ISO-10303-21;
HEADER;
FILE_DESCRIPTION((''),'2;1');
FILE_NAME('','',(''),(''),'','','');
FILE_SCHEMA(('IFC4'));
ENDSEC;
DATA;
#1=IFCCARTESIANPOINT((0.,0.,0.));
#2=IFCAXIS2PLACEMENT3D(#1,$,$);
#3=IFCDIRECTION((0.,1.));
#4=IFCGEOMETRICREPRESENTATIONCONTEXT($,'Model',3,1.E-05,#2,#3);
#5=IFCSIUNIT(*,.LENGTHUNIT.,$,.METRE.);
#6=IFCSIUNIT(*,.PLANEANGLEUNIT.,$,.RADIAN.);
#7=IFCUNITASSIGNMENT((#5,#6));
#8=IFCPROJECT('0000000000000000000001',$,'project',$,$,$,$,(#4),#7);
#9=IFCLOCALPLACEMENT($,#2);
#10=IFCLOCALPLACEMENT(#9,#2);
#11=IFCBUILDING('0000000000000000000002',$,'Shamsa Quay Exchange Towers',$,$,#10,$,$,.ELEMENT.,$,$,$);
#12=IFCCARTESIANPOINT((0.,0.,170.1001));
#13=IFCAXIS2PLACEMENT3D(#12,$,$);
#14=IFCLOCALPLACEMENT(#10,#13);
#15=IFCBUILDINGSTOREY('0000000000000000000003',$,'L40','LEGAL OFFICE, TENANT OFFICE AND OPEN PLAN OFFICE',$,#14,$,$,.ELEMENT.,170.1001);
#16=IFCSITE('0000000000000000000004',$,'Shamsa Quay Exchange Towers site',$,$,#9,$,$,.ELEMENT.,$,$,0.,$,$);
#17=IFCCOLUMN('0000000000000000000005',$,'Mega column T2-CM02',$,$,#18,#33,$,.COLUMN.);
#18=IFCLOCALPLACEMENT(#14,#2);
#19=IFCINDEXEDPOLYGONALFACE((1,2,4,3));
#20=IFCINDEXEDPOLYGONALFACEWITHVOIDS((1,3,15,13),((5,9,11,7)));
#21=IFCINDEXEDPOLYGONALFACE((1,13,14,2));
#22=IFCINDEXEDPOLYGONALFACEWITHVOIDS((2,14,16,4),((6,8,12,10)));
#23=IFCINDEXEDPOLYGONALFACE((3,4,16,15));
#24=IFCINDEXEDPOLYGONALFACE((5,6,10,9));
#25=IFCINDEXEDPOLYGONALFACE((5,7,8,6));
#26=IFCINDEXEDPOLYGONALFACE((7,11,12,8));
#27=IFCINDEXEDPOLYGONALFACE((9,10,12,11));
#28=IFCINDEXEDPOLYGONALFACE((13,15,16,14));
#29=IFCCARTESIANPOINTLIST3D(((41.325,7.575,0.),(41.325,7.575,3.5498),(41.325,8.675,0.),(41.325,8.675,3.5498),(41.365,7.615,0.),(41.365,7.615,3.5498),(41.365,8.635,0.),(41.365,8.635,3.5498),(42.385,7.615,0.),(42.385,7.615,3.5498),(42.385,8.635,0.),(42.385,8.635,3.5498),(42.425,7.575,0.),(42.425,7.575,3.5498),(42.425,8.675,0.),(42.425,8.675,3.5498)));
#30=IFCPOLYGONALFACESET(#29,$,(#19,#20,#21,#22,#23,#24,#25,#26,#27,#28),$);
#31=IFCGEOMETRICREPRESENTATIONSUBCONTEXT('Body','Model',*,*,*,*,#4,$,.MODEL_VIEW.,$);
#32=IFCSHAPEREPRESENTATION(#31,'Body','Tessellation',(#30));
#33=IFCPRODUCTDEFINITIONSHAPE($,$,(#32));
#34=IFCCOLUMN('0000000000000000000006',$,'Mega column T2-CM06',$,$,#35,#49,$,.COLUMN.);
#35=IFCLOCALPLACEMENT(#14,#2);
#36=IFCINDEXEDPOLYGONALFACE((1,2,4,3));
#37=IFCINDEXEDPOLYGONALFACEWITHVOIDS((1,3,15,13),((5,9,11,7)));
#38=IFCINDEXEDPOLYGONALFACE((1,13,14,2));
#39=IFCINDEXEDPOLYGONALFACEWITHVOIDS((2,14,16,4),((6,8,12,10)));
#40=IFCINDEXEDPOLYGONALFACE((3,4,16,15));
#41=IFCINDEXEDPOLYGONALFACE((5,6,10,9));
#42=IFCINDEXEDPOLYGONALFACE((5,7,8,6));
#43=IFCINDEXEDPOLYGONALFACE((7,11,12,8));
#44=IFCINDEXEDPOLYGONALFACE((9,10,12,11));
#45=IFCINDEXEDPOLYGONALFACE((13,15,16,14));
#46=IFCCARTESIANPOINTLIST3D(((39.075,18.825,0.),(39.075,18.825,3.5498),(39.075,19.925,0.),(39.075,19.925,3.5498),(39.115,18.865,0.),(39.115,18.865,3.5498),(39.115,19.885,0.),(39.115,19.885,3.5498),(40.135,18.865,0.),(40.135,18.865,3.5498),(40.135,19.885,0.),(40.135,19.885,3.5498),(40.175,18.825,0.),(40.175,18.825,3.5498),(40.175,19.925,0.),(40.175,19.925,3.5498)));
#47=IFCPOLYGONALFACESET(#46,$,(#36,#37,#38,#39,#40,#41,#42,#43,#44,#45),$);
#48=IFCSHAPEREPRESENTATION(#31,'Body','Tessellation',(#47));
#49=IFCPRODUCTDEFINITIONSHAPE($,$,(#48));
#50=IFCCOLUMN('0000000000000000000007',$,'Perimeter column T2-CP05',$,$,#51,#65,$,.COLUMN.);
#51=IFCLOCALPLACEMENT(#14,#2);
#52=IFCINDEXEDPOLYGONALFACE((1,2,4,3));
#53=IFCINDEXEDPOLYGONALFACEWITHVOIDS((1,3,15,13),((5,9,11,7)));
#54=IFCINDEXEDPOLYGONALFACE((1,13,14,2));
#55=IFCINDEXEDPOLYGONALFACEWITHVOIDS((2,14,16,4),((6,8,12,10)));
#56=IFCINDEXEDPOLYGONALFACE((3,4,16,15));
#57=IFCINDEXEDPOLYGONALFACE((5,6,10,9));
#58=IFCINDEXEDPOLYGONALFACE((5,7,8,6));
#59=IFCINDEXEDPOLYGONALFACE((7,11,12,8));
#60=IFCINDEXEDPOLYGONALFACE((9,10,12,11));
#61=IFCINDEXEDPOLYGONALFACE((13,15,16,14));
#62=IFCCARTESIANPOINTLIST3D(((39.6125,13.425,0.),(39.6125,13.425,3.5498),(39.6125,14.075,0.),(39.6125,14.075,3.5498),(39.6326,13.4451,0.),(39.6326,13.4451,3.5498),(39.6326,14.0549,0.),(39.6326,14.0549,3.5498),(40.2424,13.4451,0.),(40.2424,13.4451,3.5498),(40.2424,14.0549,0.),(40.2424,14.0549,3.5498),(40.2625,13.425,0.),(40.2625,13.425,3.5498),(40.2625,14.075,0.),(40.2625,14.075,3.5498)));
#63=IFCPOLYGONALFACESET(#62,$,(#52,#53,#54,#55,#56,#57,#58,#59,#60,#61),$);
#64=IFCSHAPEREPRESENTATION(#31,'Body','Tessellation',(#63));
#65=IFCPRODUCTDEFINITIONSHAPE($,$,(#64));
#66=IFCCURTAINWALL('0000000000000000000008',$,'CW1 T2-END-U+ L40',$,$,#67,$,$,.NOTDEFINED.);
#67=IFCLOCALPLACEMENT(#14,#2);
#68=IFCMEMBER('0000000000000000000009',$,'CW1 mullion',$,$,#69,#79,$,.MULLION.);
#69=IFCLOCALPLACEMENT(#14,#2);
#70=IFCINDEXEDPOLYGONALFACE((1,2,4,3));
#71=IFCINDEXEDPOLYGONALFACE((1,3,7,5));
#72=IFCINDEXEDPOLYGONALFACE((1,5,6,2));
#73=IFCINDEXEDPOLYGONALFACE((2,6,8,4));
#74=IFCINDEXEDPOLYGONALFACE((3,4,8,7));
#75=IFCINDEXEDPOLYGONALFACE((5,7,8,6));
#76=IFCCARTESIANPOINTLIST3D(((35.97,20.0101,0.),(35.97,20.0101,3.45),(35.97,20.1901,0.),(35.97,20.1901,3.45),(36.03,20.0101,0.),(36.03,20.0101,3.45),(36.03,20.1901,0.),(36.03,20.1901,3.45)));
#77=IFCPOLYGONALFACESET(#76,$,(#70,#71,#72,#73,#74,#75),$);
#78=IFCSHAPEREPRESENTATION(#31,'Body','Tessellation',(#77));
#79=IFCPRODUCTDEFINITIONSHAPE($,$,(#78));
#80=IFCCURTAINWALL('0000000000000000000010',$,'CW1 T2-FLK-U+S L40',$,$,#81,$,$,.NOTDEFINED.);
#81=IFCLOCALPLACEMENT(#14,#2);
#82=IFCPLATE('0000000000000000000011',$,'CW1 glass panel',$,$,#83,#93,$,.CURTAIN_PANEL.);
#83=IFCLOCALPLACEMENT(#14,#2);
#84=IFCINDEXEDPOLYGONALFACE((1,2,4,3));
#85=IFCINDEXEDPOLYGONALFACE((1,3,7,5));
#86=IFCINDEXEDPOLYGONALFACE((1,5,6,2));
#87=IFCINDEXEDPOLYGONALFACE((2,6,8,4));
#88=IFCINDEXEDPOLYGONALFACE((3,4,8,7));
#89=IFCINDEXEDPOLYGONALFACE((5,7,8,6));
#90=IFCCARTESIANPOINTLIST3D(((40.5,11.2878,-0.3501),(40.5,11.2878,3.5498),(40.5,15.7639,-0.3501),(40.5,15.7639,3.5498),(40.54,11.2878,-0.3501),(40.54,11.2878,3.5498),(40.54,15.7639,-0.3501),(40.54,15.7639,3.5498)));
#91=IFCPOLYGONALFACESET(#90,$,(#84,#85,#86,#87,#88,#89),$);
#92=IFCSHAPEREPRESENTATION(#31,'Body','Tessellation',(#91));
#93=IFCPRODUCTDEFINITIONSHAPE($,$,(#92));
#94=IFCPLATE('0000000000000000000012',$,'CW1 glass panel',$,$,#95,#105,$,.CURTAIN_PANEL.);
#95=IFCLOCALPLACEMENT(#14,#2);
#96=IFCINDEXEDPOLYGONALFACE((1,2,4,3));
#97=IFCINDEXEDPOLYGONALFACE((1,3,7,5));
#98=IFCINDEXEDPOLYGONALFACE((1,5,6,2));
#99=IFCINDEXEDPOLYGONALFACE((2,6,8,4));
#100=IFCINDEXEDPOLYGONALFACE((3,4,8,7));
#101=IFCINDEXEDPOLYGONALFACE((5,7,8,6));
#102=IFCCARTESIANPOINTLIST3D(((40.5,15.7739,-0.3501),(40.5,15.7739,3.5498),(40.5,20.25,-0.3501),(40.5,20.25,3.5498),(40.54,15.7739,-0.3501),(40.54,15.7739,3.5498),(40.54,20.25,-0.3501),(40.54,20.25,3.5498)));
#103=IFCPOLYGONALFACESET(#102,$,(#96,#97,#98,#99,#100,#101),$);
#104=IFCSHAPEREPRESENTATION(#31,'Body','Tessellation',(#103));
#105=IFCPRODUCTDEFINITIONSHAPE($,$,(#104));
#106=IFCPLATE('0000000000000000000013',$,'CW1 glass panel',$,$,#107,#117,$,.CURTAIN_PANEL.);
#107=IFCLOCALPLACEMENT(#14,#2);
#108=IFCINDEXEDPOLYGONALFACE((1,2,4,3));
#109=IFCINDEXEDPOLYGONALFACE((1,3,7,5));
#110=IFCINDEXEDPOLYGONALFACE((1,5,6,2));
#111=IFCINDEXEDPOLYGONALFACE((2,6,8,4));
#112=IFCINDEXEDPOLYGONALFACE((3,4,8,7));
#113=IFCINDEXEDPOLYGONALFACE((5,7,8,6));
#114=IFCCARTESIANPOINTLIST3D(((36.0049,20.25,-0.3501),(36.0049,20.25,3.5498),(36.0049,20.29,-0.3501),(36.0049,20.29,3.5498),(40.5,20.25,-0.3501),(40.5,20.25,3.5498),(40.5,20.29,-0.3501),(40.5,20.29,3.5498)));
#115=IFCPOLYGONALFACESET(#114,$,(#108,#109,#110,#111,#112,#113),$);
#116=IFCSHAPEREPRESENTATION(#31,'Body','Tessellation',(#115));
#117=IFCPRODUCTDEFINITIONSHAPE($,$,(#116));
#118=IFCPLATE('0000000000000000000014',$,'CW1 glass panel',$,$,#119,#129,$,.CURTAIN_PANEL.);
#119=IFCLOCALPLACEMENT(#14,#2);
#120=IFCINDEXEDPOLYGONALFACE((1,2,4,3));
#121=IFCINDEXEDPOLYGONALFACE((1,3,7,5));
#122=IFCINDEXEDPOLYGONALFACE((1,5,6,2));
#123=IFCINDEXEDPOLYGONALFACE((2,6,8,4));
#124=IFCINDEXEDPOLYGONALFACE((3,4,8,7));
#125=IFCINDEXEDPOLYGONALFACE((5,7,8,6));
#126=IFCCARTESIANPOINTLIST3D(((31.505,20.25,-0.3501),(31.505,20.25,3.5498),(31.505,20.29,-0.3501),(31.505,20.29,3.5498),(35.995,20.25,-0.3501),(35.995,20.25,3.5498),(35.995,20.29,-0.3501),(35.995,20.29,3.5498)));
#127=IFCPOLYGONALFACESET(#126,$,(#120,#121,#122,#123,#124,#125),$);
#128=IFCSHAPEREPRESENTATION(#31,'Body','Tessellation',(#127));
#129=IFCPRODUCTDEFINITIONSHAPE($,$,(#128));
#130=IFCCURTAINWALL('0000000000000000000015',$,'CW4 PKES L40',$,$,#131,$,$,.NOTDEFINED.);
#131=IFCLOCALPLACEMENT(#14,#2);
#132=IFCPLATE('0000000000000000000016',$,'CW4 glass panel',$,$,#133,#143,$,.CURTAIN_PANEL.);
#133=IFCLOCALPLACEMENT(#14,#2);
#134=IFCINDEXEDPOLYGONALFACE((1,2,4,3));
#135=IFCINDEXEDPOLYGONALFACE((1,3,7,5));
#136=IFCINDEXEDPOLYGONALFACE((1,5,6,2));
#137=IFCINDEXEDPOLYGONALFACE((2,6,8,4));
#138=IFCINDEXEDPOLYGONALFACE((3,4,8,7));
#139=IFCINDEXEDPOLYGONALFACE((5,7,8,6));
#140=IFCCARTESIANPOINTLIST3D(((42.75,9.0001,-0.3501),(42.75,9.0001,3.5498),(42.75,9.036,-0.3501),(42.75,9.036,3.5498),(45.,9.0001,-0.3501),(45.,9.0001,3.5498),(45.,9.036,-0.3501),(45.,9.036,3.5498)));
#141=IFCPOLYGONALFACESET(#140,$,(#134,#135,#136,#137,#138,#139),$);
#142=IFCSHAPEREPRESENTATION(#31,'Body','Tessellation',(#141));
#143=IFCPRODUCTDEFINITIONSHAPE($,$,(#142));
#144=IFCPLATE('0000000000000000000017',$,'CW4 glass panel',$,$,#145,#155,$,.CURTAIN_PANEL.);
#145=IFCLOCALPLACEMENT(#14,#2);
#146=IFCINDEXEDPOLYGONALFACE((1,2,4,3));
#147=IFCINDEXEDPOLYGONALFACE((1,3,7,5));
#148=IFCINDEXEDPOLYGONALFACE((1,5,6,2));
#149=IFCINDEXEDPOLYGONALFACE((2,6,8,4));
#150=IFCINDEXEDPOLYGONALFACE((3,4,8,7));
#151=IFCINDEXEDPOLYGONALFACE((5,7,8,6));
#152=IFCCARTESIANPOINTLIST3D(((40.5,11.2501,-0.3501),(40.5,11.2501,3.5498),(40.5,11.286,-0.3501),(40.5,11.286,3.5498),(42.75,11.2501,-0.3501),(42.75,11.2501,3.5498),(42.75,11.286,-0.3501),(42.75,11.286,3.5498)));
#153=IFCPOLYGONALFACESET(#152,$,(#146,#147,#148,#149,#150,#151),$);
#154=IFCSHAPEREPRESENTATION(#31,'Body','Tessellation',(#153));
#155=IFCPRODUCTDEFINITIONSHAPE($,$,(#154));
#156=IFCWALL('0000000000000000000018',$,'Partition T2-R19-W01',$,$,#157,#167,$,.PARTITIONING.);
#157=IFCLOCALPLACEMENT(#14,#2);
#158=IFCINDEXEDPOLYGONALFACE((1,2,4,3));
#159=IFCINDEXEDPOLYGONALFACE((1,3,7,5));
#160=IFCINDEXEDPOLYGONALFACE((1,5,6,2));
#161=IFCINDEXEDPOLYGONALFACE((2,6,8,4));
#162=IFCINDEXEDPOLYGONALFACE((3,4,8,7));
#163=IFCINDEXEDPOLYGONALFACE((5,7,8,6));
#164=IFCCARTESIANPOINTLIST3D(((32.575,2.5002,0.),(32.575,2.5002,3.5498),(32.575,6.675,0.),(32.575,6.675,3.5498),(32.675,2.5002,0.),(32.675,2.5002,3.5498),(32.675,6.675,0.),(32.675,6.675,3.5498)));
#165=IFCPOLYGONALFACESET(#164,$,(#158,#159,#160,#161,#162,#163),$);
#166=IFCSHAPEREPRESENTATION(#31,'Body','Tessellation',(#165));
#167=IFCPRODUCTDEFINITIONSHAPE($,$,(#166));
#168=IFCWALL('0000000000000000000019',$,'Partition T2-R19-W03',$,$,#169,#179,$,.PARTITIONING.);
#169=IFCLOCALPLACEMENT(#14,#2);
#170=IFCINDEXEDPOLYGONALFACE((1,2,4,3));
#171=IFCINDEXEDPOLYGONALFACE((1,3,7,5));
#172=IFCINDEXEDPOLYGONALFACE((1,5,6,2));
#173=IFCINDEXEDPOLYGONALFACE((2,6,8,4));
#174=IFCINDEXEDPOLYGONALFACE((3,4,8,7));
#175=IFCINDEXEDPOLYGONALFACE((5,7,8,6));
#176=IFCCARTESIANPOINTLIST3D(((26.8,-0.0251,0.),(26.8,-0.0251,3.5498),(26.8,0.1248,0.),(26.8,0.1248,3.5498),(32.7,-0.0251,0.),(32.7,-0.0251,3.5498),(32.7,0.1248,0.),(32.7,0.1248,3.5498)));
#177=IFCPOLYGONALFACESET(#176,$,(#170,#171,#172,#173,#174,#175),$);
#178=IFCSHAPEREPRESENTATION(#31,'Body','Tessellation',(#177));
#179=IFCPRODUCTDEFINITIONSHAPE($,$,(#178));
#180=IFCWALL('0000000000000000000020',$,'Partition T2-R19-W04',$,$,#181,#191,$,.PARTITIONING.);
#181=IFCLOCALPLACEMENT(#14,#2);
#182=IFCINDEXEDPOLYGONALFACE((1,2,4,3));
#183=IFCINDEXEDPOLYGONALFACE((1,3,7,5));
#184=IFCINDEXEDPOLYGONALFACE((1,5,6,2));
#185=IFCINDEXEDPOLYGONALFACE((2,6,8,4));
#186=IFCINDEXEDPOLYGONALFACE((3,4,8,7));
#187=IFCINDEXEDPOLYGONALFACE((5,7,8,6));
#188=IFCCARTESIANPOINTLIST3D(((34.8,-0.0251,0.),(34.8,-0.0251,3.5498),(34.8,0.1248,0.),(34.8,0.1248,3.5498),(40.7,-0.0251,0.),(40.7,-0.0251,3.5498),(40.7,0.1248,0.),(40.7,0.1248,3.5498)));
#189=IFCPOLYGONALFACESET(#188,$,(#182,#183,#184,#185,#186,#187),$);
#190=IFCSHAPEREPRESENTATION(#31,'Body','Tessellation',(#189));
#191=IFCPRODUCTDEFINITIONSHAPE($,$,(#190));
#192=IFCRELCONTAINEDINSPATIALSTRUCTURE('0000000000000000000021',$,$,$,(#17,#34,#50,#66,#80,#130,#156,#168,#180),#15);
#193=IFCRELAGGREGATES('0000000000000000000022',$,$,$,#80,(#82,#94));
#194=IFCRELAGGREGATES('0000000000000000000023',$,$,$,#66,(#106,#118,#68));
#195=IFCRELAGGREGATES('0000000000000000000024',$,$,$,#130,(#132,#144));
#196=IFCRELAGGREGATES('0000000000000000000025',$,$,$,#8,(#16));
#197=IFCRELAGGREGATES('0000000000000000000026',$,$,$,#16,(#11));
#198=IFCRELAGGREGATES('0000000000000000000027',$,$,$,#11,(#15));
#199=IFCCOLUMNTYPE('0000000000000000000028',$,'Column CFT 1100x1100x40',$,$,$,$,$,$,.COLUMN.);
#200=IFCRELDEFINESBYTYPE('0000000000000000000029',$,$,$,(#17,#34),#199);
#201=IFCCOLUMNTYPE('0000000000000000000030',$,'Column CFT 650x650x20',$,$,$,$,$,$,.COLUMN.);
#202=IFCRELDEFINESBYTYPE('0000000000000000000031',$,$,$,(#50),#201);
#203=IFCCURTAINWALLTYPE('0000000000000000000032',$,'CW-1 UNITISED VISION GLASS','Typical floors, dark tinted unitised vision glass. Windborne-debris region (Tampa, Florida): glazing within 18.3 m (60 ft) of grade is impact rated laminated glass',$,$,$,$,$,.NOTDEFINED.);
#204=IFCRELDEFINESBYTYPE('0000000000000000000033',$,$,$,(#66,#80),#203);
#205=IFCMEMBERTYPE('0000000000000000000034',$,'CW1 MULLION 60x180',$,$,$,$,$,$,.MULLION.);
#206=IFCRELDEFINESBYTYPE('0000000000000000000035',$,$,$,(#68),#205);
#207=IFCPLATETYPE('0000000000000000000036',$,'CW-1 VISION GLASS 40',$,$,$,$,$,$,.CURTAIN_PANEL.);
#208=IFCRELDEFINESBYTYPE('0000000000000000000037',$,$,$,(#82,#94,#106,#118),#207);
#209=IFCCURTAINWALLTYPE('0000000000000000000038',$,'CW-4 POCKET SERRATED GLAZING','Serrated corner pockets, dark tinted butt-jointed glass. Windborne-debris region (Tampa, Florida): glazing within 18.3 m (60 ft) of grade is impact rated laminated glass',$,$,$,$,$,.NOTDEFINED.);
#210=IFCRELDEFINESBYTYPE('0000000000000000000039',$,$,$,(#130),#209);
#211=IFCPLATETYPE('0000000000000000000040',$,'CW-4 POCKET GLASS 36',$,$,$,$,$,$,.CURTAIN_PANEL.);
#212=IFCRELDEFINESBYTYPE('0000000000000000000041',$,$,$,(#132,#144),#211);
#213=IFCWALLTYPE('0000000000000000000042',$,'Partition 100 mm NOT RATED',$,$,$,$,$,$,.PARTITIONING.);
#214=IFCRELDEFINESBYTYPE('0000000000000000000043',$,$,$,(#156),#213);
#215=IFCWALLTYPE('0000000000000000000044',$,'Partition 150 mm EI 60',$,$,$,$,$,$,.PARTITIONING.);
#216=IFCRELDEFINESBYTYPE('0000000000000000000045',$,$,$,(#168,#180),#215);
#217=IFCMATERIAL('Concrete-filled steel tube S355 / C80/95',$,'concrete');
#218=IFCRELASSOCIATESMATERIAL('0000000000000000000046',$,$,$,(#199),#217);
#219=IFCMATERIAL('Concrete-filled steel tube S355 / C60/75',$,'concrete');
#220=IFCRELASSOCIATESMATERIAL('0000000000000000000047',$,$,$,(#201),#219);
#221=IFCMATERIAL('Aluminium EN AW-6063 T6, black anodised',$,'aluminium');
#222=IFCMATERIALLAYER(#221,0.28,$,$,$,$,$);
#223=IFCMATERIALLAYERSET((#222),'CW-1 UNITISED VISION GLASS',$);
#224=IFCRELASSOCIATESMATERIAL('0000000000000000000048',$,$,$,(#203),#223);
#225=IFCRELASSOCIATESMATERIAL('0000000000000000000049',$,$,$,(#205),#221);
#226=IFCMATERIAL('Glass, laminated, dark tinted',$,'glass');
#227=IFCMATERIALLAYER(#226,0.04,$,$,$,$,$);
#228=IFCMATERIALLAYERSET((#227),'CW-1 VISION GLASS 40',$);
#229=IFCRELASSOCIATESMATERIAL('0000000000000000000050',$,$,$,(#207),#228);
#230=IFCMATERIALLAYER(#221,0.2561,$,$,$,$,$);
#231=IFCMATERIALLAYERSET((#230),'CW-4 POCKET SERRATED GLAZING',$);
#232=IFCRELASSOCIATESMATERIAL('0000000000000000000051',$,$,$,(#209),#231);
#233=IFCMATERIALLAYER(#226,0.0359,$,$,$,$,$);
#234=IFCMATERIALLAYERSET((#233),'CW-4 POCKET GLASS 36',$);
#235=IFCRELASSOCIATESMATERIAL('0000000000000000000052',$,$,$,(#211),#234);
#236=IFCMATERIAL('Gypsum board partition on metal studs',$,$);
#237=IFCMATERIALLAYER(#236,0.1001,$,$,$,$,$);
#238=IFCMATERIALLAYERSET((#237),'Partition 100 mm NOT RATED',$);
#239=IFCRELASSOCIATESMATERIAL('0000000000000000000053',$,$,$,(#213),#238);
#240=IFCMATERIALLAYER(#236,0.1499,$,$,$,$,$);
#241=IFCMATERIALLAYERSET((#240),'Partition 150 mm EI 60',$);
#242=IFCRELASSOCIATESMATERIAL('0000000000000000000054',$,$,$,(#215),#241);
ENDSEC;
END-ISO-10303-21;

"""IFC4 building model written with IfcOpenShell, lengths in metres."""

from ifc_helpers import new_model, si_unit, direction, frame, frame_2d, origin, origin_2d, place, context, subcontext, project, spatial, rectangle, hollow_rectangle, extrude, material, layer, layer_set, material_profile, profile_set, type_object, element, aggregate, save


model = new_model("IFC4")

# Units and contexts
model_context = context("Model", 3, precision=1e-05, world=origin(), true_north=direction((0.0, 1.0)))
body_context = subcontext(model_context, "Body", "Model", "MODEL_VIEW")
ifc_project = project(units=[si_unit("LENGTHUNIT", "METRE"), si_unit("PLANEANGLEUNIT", "RADIAN")], contexts=[model_context])

# Site, building, storey
site_placement = place(None, origin())
site = spatial("IfcSite", under=ifc_project, at=site_placement, Name="Shamsa Quay Exchange Towers site", CompositionType="ELEMENT", RefElevation=0.0)
building_placement = place(site_placement, origin())
building = spatial("IfcBuilding", under=site, at=building_placement, Name="Shamsa Quay Exchange Towers", CompositionType="ELEMENT")
storey_placement = place(building_placement, frame((0.0, 0.0, 170.1001)))
storey = spatial("IfcBuildingStorey", under=building, at=storey_placement, Name="L40", Description="LEGAL OFFICE, TENANT OFFICE AND OPEN PLAN OFFICE", CompositionType="ELEMENT", Elevation=170.1001)

# Columns
ifc_material_1 = material(Name="Concrete-filled steel tube S355 / C80/95", Category="concrete")
ifc_material_profile_1 = material_profile(ifc_material_1, hollow_rectangle(XDim=1.1001, YDim=1.1001, WallThickness=0.04, at=origin_2d()), Name="CFT 1100x1100x40")
ifc_profile_set_1 = profile_set([ifc_material_profile_1], Name="Concrete-filled steel tube S355 / C80/95")
column_type_1 = type_object("IfcColumnType", Name="Column CFT 1100x1100x40", PredefinedType="COLUMN", material=ifc_profile_set_1)
for number, where, name in (
    (1, (41.875, 8.125, 0.0), "Mega column T2-CM02"),
    (2, (39.625, 19.375, 0.0), "Mega column T2-CM06"),
):
    element("IfcColumn", number, at=place(storey_placement, frame(where)), inside=storey, type_object=column_type_1, Name=name, PredefinedType="COLUMN", context=body_context, shape_type="SweptSolid", body=[
        extrude(hollow_rectangle(XDim=1.1001, YDim=1.1001, WallThickness=0.04, at=origin_2d()), origin(), (0.0, 0.0, 1.0), 3.5498),
    ])
ifc_material_2 = material(Name="Concrete-filled steel tube S355 / C60/75", Category="concrete")
ifc_material_profile_2 = material_profile(ifc_material_2, hollow_rectangle(XDim=0.6499, YDim=0.6499, WallThickness=0.02, at=origin_2d()), Name="CFT 650x650x20")
ifc_profile_set_2 = profile_set([ifc_material_profile_2], Name="Concrete-filled steel tube S355 / C60/75")
column_type_2 = type_object("IfcColumnType", Name="Column CFT 650x650x20", PredefinedType="COLUMN", material=ifc_profile_set_2)
column_placement = place(storey_placement, frame((39.9375, 13.75, 0.0)))
element("IfcColumn", 3, at=column_placement, inside=storey, type_object=column_type_2, Name="Perimeter column T2-CP05", PredefinedType="COLUMN", context=body_context, shape_type="SweptSolid", body=[
    extrude(hollow_rectangle(XDim=0.6499, YDim=0.6499, WallThickness=0.02, at=origin_2d()), origin(), (0.0, 0.0, 1.0), 3.5498),
])

# Curtain wall, member
ifc_material_3 = material(Name="Aluminium EN AW-6063 T6, black anodised", Category="aluminium")
ifc_layer_1 = layer(ifc_material_3, 0.28)
ifc_layer_set_1 = layer_set([ifc_layer_1], Name="CW-1 UNITISED VISION GLASS")
curtain_wall_type_1 = type_object("IfcCurtainWallType", Name="CW-1 UNITISED VISION GLASS", Description="Typical floors, dark tinted unitised vision glass. Windborne-debris region (Tampa, Florida): glazing within 18.3 m (60 ft) of grade is impact rated laminated glass", PredefinedType="NOTDEFINED", material=ifc_layer_set_1)
curtain_wall_1_placement = place(storey_placement, origin())
curtain_wall_1 = element("IfcCurtainWall", 4, at=curtain_wall_1_placement, inside=storey, type_object=curtain_wall_type_1, Name="CW1 T2-END-U+ L40", PredefinedType="NOTDEFINED")
ifc_material_profile_3 = material_profile(ifc_material_3, rectangle(XDim=0.1799, YDim=0.0601, at=origin_2d()), Name="MU60x180")
ifc_profile_set_3 = profile_set([ifc_material_profile_3], Name="Aluminium EN AW-6063 T6, black anodised")
member_type = type_object("IfcMemberType", Name="CW1 MULLION 60x180", PredefinedType="MULLION", material=ifc_profile_set_3)
member_placement = place(storey_placement, frame((36.0, 20.1001, 0.0), z_axis=(0.0, 0.0, 1.0), x_axis=(0.0, -1.0, 0.0)))
member = element("IfcMember", 5, at=member_placement, type_object=member_type, Name="CW1 mullion", PredefinedType="MULLION", context=body_context, shape_type="SweptSolid", body=[
    extrude(rectangle(XDim=0.1799, YDim=0.0601, at=origin_2d()), origin(), (0.0, 0.0, 1.0), 3.45),
])

# Curtain wall, plates
curtain_wall_2_placement = place(storey_placement, origin())
curtain_wall_2 = element("IfcCurtainWall", 6, at=curtain_wall_2_placement, inside=storey, type_object=curtain_wall_type_1, Name="CW1 T2-FLK-U+S L40", PredefinedType="NOTDEFINED")
ifc_material_4 = material(Name="Glass, laminated, dark tinted", Category="glass")
ifc_layer_2 = layer(ifc_material_4, 0.04)
ifc_layer_set_2 = layer_set([ifc_layer_2], Name="CW-1 VISION GLASS 40")
plate_type_1 = type_object("IfcPlateType", Name="CW-1 VISION GLASS 40", PredefinedType="CURTAIN_PANEL", material=ifc_layer_set_2)
plate_1_placement = place(storey_placement, frame((40.52, 13.5259, -0.3501), z_axis=(0.0, 0.0, 1.0), x_axis=(0.0, 1.0, 0.0)))
plate_1 = element("IfcPlate", 7, at=plate_1_placement, type_object=plate_type_1, Name="CW1 glass panel", PredefinedType="CURTAIN_PANEL", context=body_context, shape_type="SweptSolid", body=[
    extrude(rectangle(XDim=4.4761, YDim=0.04, at=origin_2d()), origin(), (0.0, 0.0, 1.0), 3.8999),
])
plate_2_placement = place(storey_placement, frame((40.52, 18.012, -0.3501), z_axis=(0.0, 0.0, 1.0), x_axis=(0.0, 1.0, 0.0)))
plate_2 = element("IfcPlate", 8, at=plate_2_placement, type_object=plate_type_1, Name="CW1 glass panel", PredefinedType="CURTAIN_PANEL", context=body_context, shape_type="SweptSolid", body=[
    extrude(rectangle(XDim=4.4761, YDim=0.04, at=origin_2d()), origin(), (0.0, 0.0, 1.0), 3.8999),
])
aggregate(curtain_wall_2, [plate_1, plate_2])

# Plates
plate_3_placement = place(storey_placement, frame((38.2524, 20.27, -0.3501), z_axis=(0.0, 0.0, 1.0), x_axis=(-1.0, 0.0, 0.0)))
plate_3 = element("IfcPlate", 9, at=plate_3_placement, type_object=plate_type_1, Name="CW1 glass panel", PredefinedType="CURTAIN_PANEL", context=body_context, shape_type="SweptSolid", body=[
    extrude(rectangle(XDim=4.4951, YDim=0.04, at=origin_2d()), origin(), (0.0, 0.0, 1.0), 3.8999),
])
plate_4_placement = place(storey_placement, frame((33.75, 20.27, -0.3501), z_axis=(0.0, 0.0, 1.0), x_axis=(-1.0, 0.0, 0.0)))
plate_4 = element("IfcPlate", 10, at=plate_4_placement, type_object=plate_type_1, Name="CW1 glass panel", PredefinedType="CURTAIN_PANEL", context=body_context, shape_type="SweptSolid", body=[
    extrude(rectangle(XDim=4.49, YDim=0.04, at=origin_2d()), origin(), (0.0, 0.0, 1.0), 3.8999),
])
aggregate(curtain_wall_1, [plate_3, plate_4, member])

# Curtain wall, plates
ifc_layer_3 = layer(ifc_material_3, 0.2561)
ifc_layer_set_3 = layer_set([ifc_layer_3], Name="CW-4 POCKET SERRATED GLAZING")
curtain_wall_type_2 = type_object("IfcCurtainWallType", Name="CW-4 POCKET SERRATED GLAZING", Description="Serrated corner pockets, dark tinted butt-jointed glass. Windborne-debris region (Tampa, Florida): glazing within 18.3 m (60 ft) of grade is impact rated laminated glass", PredefinedType="NOTDEFINED", material=ifc_layer_set_3)
curtain_wall_3_placement = place(storey_placement, origin())
curtain_wall_3 = element("IfcCurtainWall", 11, at=curtain_wall_3_placement, inside=storey, type_object=curtain_wall_type_2, Name="CW4 PKES L40", PredefinedType="NOTDEFINED")
ifc_layer_4 = layer(ifc_material_4, 0.0359)
ifc_layer_set_4 = layer_set([ifc_layer_4], Name="CW-4 POCKET GLASS 36")
plate_type_2 = type_object("IfcPlateType", Name="CW-4 POCKET GLASS 36", PredefinedType="CURTAIN_PANEL", material=ifc_layer_set_4)
plate_5_placement = place(storey_placement, frame((43.875, 9.0181, -0.3501), z_axis=(0.0, 0.0, 1.0), x_axis=(-1.0, 0.0, 0.0)))
plate_5 = element("IfcPlate", 12, at=plate_5_placement, type_object=plate_type_2, Name="CW4 glass panel", PredefinedType="CURTAIN_PANEL", context=body_context, shape_type="SweptSolid", body=[
    extrude(rectangle(XDim=2.25, YDim=0.0359, at=origin_2d()), origin(), (0.0, 0.0, 1.0), 3.8999),
])
plate_6_placement = place(storey_placement, frame((41.625, 11.2681, -0.3501), z_axis=(0.0, 0.0, 1.0), x_axis=(-1.0, 0.0, 0.0)))
plate_6 = element("IfcPlate", 13, at=plate_6_placement, type_object=plate_type_2, Name="CW4 glass panel", PredefinedType="CURTAIN_PANEL", context=body_context, shape_type="SweptSolid", body=[
    extrude(rectangle(XDim=2.25, YDim=0.0359, at=origin_2d()), origin(), (0.0, 0.0, 1.0), 3.8999),
])
aggregate(curtain_wall_3, [plate_5, plate_6])

# Walls
ifc_material_5 = material(Name="Gypsum board partition on metal studs")
ifc_layer_5 = layer(ifc_material_5, 0.1001)
ifc_layer_set_5 = layer_set([ifc_layer_5], Name="Partition 100 mm NOT RATED")
wall_type_1 = type_object("IfcWallType", Name="Partition 100 mm NOT RATED", PredefinedType="PARTITIONING", material=ifc_layer_set_5)
wall_1_placement = place(storey_placement, frame((32.625, 2.5002, 0.0), z_axis=(0.0, 0.0, 1.0), x_axis=(0.0, 1.0, 0.0)))
element("IfcWall", 14, at=wall_1_placement, inside=storey, type_object=wall_type_1, Name="Partition T2-R19-W01", PredefinedType="PARTITIONING", context=body_context, shape_type="SweptSolid", body=[
    extrude(rectangle(XDim=4.1748, YDim=0.1001, at=frame_2d((2.0874, 0.0))), origin(), (0.0, 0.0, 1.0), 3.5498),
])
ifc_layer_6 = layer(ifc_material_5, 0.1499)
ifc_layer_set_6 = layer_set([ifc_layer_6], Name="Partition 150 mm EI 60")
wall_type_2 = type_object("IfcWallType", Name="Partition 150 mm EI 60", PredefinedType="PARTITIONING", material=ifc_layer_set_6)
for number, where, z_axis, x_axis, name in (
    (15, (32.7, 0.0498, 0.0), (0.0, 0.0, 1.0), (-1.0, 0.0, 0.0), "Partition T2-R19-W03"),
    (16, (40.7, 0.0498, 0.0), (0.0, 0.0, 1.0), (-1.0, 0.0, 0.0), "Partition T2-R19-W04"),
):
    element("IfcWall", number, at=place(storey_placement, frame(where, z_axis=z_axis, x_axis=x_axis)), inside=storey, type_object=wall_type_2, Name=name, PredefinedType="PARTITIONING", context=body_context, shape_type="SweptSolid", body=[
        extrude(rectangle(XDim=5.8999, YDim=0.1499, at=frame_2d((2.95, 0.0))), origin(), (0.0, 0.0, 1.0), 3.5498),
    ])

save(model, "model.ifc")
